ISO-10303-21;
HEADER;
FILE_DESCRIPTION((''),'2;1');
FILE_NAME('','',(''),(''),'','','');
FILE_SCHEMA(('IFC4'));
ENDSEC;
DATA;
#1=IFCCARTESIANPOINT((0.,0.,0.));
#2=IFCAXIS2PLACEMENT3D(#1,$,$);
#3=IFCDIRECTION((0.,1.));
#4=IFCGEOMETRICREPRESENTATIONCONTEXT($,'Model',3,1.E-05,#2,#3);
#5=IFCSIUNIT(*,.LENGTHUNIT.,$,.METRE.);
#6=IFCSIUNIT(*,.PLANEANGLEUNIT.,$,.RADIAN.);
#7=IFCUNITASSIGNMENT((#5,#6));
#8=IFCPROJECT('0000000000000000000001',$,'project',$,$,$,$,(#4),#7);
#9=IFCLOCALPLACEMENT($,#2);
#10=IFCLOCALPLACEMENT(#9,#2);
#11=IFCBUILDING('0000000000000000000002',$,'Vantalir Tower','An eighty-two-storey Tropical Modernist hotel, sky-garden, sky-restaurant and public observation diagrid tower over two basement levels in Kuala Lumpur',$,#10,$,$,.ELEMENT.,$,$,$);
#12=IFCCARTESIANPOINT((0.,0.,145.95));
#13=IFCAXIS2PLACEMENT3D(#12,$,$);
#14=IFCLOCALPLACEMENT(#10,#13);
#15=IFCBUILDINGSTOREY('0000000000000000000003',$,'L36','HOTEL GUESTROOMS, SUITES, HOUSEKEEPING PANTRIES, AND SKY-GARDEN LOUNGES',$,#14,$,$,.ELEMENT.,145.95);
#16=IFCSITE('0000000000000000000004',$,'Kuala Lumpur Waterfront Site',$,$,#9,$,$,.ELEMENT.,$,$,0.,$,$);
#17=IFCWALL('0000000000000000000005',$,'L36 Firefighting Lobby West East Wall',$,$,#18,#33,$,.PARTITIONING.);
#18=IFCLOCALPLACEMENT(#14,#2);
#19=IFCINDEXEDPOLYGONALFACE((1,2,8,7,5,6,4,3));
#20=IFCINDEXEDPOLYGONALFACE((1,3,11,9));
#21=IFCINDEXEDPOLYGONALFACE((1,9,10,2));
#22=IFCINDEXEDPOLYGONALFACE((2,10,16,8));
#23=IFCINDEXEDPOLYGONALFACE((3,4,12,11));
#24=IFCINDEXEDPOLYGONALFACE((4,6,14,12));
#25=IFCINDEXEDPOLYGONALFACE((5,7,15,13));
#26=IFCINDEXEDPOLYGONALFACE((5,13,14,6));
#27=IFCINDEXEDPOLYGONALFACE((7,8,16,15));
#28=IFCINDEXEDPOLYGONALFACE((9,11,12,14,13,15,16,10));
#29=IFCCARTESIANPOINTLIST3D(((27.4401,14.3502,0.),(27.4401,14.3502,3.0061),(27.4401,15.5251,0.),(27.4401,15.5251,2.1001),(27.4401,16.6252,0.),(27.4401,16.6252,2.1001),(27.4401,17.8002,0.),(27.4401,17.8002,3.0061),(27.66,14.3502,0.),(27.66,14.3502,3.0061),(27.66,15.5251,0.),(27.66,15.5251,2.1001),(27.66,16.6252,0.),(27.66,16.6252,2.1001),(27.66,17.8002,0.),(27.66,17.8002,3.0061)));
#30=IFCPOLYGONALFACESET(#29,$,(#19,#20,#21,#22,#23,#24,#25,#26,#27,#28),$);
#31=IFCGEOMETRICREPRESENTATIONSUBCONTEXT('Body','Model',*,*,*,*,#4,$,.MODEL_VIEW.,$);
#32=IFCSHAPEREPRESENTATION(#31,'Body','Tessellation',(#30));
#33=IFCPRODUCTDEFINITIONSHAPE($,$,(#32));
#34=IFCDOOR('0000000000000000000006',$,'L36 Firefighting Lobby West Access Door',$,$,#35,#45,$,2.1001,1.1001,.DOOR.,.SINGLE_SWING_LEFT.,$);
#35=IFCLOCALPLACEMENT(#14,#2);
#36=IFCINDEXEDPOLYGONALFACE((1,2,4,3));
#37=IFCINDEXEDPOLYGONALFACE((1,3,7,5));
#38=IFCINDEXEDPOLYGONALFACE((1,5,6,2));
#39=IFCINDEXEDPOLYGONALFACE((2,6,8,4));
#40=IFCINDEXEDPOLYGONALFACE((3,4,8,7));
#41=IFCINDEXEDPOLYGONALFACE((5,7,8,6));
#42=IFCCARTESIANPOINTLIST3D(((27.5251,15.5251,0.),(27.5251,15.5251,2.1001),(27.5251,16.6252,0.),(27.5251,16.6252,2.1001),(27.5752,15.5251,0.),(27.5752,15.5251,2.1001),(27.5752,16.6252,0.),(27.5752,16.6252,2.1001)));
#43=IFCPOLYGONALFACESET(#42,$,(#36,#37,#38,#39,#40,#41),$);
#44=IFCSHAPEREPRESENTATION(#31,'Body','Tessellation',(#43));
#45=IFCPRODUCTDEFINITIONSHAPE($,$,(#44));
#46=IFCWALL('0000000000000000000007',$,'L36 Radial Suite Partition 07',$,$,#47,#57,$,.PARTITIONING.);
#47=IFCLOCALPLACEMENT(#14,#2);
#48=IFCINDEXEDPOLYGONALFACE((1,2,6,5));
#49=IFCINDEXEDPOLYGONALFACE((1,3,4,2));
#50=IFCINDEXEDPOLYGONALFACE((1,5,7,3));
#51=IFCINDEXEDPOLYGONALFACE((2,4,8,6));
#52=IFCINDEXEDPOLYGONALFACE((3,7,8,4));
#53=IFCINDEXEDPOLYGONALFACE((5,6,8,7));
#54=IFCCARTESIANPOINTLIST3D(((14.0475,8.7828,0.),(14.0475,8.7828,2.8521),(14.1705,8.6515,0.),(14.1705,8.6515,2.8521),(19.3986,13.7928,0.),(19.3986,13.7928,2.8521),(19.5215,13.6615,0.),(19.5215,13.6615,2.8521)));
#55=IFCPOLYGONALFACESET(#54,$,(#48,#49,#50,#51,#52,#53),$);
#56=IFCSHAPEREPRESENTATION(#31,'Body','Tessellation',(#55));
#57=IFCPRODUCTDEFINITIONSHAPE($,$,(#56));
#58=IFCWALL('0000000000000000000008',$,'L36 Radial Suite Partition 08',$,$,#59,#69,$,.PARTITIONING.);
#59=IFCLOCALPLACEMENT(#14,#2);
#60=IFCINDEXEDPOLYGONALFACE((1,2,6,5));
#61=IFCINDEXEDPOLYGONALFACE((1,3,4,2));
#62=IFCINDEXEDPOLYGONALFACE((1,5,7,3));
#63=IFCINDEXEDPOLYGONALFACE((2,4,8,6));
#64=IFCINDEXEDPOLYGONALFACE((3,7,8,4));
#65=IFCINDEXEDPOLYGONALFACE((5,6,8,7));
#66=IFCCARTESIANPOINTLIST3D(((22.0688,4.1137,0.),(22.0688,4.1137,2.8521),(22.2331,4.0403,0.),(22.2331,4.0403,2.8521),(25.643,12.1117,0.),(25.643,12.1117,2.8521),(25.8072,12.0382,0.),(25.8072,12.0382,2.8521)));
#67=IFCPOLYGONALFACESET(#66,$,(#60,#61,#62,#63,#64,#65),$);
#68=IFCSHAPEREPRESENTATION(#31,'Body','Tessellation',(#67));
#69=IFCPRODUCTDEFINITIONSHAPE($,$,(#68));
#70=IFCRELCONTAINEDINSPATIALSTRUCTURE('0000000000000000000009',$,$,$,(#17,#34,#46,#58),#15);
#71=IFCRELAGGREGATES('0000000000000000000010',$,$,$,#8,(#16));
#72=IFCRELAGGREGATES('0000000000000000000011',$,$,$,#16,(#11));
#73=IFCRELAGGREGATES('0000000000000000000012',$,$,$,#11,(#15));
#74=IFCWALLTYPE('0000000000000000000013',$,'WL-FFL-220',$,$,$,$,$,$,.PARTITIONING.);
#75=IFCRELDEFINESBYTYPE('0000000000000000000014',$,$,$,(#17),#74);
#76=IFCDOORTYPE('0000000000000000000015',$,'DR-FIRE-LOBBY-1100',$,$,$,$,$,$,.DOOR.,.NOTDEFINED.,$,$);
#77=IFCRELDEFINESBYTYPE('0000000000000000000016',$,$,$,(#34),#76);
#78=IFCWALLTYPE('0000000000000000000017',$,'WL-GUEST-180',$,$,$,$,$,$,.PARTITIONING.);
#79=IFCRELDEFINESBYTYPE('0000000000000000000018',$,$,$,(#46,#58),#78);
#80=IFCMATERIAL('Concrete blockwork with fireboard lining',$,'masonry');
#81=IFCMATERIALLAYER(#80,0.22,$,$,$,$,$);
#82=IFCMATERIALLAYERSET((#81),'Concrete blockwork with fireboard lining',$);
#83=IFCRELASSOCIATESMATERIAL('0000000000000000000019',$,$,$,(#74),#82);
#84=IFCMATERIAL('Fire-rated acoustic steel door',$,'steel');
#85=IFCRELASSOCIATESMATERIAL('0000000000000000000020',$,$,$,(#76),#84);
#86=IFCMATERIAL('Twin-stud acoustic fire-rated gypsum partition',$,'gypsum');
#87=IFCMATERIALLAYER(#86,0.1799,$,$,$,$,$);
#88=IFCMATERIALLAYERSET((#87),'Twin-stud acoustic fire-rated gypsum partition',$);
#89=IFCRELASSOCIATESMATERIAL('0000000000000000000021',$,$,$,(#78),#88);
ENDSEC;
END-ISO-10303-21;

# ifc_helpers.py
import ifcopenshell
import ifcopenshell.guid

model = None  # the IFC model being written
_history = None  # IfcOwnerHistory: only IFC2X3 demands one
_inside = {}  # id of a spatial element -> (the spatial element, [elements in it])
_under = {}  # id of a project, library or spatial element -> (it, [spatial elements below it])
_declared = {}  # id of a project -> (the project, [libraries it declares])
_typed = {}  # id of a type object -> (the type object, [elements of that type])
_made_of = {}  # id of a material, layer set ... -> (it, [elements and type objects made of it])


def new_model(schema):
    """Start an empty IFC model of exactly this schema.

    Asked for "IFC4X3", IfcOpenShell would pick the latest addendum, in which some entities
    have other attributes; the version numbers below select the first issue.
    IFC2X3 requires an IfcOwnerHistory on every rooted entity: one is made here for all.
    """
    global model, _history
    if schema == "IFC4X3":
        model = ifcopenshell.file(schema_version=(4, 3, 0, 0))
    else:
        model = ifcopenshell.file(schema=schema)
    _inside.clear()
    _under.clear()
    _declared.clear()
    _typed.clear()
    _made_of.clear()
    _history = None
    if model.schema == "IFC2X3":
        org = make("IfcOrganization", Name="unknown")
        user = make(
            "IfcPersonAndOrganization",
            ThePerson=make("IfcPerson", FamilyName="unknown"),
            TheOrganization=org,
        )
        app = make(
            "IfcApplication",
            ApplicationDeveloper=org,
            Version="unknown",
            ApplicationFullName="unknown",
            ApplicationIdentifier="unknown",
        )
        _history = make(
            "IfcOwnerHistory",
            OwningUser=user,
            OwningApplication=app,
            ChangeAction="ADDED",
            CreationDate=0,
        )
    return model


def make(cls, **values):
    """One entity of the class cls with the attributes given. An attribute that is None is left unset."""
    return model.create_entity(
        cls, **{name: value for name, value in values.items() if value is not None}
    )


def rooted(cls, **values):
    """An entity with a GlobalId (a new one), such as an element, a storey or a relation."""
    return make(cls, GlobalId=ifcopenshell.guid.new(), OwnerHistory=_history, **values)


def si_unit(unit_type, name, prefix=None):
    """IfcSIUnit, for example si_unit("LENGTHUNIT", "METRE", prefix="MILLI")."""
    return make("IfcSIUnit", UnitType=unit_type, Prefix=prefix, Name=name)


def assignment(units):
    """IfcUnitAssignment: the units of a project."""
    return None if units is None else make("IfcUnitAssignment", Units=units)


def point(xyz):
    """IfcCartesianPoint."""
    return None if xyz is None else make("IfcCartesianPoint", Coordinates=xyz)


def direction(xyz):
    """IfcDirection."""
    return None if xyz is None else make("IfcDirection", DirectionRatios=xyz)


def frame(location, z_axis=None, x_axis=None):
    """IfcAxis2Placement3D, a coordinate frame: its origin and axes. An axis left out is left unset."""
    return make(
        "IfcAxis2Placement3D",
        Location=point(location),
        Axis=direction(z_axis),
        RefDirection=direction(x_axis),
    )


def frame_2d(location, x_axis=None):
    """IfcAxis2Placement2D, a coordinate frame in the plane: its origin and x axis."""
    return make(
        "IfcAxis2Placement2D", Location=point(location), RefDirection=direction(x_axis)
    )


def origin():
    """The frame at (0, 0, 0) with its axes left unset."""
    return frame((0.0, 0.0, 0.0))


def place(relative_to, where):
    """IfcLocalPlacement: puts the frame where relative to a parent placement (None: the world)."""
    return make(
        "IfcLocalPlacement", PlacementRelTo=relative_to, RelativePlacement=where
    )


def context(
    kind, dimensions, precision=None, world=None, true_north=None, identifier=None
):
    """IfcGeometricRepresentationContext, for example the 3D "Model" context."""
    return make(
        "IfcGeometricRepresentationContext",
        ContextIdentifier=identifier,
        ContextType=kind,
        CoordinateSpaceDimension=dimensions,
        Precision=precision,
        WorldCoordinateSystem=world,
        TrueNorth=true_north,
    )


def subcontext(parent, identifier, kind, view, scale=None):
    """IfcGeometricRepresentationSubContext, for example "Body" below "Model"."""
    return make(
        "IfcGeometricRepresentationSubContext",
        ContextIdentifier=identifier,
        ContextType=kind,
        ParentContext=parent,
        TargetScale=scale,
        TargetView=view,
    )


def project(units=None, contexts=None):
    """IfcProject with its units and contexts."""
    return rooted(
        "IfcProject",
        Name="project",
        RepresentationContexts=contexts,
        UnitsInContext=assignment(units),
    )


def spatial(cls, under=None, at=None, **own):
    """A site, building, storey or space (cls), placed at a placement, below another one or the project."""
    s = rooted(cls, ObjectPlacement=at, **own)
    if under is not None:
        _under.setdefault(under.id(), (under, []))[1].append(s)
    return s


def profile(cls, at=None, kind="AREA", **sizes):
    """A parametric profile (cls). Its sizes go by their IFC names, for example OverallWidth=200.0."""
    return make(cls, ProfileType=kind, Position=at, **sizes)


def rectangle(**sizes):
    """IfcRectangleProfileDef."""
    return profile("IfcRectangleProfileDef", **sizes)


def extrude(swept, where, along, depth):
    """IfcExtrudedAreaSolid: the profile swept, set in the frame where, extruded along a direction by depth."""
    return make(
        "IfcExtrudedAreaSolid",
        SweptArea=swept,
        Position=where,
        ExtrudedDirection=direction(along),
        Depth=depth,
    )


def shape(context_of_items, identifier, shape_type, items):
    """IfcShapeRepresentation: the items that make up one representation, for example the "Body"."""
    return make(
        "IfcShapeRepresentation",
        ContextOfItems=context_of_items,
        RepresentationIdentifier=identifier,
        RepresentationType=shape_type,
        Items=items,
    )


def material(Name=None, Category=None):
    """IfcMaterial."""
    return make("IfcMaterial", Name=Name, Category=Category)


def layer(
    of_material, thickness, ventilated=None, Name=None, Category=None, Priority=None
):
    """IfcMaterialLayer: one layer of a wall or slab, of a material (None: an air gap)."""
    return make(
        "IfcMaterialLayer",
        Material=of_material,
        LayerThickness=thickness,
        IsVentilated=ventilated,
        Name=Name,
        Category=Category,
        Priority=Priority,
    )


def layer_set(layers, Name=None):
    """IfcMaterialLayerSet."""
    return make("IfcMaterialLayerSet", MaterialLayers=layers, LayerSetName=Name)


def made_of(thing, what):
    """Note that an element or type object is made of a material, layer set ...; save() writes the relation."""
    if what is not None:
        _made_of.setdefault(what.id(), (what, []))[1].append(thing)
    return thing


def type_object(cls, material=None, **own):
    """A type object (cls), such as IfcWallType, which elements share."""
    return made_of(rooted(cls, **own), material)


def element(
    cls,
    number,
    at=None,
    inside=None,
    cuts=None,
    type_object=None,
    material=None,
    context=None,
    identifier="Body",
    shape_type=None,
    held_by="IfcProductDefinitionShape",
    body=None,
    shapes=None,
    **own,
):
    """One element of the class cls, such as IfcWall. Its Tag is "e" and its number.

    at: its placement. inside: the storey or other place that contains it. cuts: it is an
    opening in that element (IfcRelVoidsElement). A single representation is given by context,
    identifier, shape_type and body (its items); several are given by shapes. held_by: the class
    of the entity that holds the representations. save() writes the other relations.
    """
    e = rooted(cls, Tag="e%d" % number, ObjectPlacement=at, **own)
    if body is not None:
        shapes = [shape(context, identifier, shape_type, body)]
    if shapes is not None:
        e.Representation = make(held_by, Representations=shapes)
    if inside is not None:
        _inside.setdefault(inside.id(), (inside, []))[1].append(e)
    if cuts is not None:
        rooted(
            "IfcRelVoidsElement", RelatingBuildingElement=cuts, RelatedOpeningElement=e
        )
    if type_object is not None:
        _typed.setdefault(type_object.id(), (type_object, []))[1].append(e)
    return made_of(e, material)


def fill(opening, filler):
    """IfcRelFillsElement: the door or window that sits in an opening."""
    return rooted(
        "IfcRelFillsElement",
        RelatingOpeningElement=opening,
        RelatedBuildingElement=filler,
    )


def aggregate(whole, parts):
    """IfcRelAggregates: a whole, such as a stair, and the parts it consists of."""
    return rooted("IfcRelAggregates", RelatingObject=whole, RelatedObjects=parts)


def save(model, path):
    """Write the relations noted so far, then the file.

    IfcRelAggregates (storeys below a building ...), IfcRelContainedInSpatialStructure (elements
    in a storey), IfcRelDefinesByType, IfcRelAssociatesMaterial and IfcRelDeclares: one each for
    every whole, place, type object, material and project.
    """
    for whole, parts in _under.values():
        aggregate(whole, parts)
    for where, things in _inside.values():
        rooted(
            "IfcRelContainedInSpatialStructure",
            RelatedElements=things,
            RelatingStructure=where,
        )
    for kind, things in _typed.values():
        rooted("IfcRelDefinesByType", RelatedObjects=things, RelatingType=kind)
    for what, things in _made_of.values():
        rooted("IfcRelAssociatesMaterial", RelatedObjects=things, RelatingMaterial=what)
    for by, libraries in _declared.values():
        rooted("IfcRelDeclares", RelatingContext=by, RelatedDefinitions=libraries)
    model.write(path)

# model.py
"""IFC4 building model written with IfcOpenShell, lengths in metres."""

from ifc_helpers import new_model, si_unit, direction, frame, frame_2d, origin, place, context, subcontext, project, spatial, rectangle, extrude, material, layer, layer_set, type_object, element, fill, save


model = new_model("IFC4")

# Units and contexts
model_context = context("Model", 3, precision=1e-05, world=origin(), true_north=direction((0.0, 1.0)))
body_context = subcontext(model_context, "Body", "Model", "MODEL_VIEW")
ifc_project = project(units=[si_unit("LENGTHUNIT", "METRE"), si_unit("PLANEANGLEUNIT", "RADIAN")], contexts=[model_context])

# Site, building, storey
site_placement = place(None, origin())
site = spatial("IfcSite", under=ifc_project, at=site_placement, Name="Kuala Lumpur Waterfront Site", CompositionType="ELEMENT", RefElevation=0.0)
building_placement = place(site_placement, origin())
building = spatial("IfcBuilding", under=site, at=building_placement, Name="Vantalir Tower", Description="An eighty-two-storey Tropical Modernist hotel, sky-garden, sky-restaurant and public observation diagrid tower over two basement levels in Kuala Lumpur", CompositionType="ELEMENT")
storey_placement = place(building_placement, frame((0.0, 0.0, 145.95)))
storey = spatial("IfcBuildingStorey", under=building, at=storey_placement, Name="L36", Description="HOTEL GUESTROOMS, SUITES, HOUSEKEEPING PANTRIES, AND SKY-GARDEN LOUNGES", CompositionType="ELEMENT", Elevation=145.95)

# Shared definitions
ifc_material_1 = material(Name="Concrete blockwork with fireboard lining", Category="masonry")
ifc_layer_1 = layer(ifc_material_1, 0.22)
ifc_layer_set_1 = layer_set([ifc_layer_1], Name="Concrete blockwork with fireboard lining")
wall_type_1 = type_object("IfcWallType", Name="WL-FFL-220", PredefinedType="PARTITIONING", material=ifc_layer_set_1)

# Wall, opening, door
wall_1_placement = place(storey_placement, frame((27.55, 14.3501, 0.0), z_axis=(0.0, 0.0, 1.0), x_axis=(0.0, 1.0, 0.0)))
wall_1 = element("IfcWall", 1, at=wall_1_placement, inside=storey, type_object=wall_type_1, Name="L36 Firefighting Lobby West East Wall", PredefinedType="PARTITIONING", context=body_context, shape_type="SweptSolid", body=[
    extrude(rectangle(XDim=3.45, YDim=0.22, at=frame_2d((1.7251, 0.0))), origin(), (0.0, 0.0, 1.0), 3.0061),
])
opening_1_placement = place(wall_1_placement, frame((1.175, 0.0, 0.0)))
opening_1 = element("IfcOpeningElement", 2, at=opening_1_placement, cuts=wall_1, PredefinedType="OPENING", context=body_context, shape_type="SweptSolid", body=[
    extrude(rectangle(XDim=1.1001, YDim=2.1001, at=frame_2d((0.55, 1.05))), frame((0.0, 0.1199, 0.0), z_axis=(0.0, -1.0, 0.0), x_axis=(1.0, 0.0, 0.0)), (0.0, 0.0, 1.0), 0.24),
])
ifc_material_2 = material(Name="Fire-rated acoustic steel door", Category="steel")
door_type_1 = type_object("IfcDoorType", Name="DR-FIRE-LOBBY-1100", OperationType="NOTDEFINED", PredefinedType="DOOR", material=ifc_material_2)
door_1_placement = place(opening_1_placement, origin())
door_1 = element("IfcDoor", 3, at=door_1_placement, inside=storey, type_object=door_type_1, Name="L36 Firefighting Lobby West Access Door", OperationType="SINGLE_SWING_LEFT", OverallHeight=2.1001, OverallWidth=1.1001, PredefinedType="DOOR", context=body_context, shape_type="SweptSolid", body=[
    extrude(rectangle(XDim=1.1001, YDim=2.1001, at=frame_2d((0.55, 1.05))), frame((0.0, 0.0249, 0.0), z_axis=(0.0, -1.0, 0.0), x_axis=(1.0, 0.0, 0.0)), (0.0, 0.0, 1.0), 0.05),
])
fill(opening_1, door_1)

# Walls
ifc_material_3 = material(Name="Twin-stud acoustic fire-rated gypsum partition", Category="gypsum")
ifc_layer_2 = layer(ifc_material_3, 0.1799)
ifc_layer_set_2 = layer_set([ifc_layer_2], Name="Twin-stud acoustic fire-rated gypsum partition")
wall_type_2 = type_object("IfcWallType", Name="WL-GUEST-180", PredefinedType="PARTITIONING", material=ifc_layer_set_2)
wall_2_placement = place(storey_placement, frame((19.46, 13.7271, 0.0), z_axis=(0.0, 0.0, 1.0), x_axis=(-0.729988, -0.68346, 0.0)))
element("IfcWall", 4, at=wall_2_placement, inside=storey, type_object=wall_type_2, Name="L36 Radial Suite Partition 07", PredefinedType="PARTITIONING", context=body_context, shape_type="SweptSolid", body=[
    extrude(rectangle(XDim=7.3303, YDim=0.1799, at=frame_2d((3.665, 0.0))), origin(), (0.0, 0.0, 1.0), 2.8521),
])
wall_3_placement = place(storey_placement, frame((25.7251, 12.075, 0.0), z_axis=(0.0, 0.0, 1.0), x_axis=(-0.407999, -0.912982, 0.0)))
element("IfcWall", 5, at=wall_3_placement, inside=storey, type_object=wall_type_2, Name="L36 Radial Suite Partition 08", PredefinedType="PARTITIONING", context=body_context, shape_type="SweptSolid", body=[
    extrude(rectangle(XDim=8.7603, YDim=0.1799, at=frame_2d((4.3801, 0.0))), origin(), (0.0, 0.0, 1.0), 2.8521),
])

save(model, "model.ifc")
